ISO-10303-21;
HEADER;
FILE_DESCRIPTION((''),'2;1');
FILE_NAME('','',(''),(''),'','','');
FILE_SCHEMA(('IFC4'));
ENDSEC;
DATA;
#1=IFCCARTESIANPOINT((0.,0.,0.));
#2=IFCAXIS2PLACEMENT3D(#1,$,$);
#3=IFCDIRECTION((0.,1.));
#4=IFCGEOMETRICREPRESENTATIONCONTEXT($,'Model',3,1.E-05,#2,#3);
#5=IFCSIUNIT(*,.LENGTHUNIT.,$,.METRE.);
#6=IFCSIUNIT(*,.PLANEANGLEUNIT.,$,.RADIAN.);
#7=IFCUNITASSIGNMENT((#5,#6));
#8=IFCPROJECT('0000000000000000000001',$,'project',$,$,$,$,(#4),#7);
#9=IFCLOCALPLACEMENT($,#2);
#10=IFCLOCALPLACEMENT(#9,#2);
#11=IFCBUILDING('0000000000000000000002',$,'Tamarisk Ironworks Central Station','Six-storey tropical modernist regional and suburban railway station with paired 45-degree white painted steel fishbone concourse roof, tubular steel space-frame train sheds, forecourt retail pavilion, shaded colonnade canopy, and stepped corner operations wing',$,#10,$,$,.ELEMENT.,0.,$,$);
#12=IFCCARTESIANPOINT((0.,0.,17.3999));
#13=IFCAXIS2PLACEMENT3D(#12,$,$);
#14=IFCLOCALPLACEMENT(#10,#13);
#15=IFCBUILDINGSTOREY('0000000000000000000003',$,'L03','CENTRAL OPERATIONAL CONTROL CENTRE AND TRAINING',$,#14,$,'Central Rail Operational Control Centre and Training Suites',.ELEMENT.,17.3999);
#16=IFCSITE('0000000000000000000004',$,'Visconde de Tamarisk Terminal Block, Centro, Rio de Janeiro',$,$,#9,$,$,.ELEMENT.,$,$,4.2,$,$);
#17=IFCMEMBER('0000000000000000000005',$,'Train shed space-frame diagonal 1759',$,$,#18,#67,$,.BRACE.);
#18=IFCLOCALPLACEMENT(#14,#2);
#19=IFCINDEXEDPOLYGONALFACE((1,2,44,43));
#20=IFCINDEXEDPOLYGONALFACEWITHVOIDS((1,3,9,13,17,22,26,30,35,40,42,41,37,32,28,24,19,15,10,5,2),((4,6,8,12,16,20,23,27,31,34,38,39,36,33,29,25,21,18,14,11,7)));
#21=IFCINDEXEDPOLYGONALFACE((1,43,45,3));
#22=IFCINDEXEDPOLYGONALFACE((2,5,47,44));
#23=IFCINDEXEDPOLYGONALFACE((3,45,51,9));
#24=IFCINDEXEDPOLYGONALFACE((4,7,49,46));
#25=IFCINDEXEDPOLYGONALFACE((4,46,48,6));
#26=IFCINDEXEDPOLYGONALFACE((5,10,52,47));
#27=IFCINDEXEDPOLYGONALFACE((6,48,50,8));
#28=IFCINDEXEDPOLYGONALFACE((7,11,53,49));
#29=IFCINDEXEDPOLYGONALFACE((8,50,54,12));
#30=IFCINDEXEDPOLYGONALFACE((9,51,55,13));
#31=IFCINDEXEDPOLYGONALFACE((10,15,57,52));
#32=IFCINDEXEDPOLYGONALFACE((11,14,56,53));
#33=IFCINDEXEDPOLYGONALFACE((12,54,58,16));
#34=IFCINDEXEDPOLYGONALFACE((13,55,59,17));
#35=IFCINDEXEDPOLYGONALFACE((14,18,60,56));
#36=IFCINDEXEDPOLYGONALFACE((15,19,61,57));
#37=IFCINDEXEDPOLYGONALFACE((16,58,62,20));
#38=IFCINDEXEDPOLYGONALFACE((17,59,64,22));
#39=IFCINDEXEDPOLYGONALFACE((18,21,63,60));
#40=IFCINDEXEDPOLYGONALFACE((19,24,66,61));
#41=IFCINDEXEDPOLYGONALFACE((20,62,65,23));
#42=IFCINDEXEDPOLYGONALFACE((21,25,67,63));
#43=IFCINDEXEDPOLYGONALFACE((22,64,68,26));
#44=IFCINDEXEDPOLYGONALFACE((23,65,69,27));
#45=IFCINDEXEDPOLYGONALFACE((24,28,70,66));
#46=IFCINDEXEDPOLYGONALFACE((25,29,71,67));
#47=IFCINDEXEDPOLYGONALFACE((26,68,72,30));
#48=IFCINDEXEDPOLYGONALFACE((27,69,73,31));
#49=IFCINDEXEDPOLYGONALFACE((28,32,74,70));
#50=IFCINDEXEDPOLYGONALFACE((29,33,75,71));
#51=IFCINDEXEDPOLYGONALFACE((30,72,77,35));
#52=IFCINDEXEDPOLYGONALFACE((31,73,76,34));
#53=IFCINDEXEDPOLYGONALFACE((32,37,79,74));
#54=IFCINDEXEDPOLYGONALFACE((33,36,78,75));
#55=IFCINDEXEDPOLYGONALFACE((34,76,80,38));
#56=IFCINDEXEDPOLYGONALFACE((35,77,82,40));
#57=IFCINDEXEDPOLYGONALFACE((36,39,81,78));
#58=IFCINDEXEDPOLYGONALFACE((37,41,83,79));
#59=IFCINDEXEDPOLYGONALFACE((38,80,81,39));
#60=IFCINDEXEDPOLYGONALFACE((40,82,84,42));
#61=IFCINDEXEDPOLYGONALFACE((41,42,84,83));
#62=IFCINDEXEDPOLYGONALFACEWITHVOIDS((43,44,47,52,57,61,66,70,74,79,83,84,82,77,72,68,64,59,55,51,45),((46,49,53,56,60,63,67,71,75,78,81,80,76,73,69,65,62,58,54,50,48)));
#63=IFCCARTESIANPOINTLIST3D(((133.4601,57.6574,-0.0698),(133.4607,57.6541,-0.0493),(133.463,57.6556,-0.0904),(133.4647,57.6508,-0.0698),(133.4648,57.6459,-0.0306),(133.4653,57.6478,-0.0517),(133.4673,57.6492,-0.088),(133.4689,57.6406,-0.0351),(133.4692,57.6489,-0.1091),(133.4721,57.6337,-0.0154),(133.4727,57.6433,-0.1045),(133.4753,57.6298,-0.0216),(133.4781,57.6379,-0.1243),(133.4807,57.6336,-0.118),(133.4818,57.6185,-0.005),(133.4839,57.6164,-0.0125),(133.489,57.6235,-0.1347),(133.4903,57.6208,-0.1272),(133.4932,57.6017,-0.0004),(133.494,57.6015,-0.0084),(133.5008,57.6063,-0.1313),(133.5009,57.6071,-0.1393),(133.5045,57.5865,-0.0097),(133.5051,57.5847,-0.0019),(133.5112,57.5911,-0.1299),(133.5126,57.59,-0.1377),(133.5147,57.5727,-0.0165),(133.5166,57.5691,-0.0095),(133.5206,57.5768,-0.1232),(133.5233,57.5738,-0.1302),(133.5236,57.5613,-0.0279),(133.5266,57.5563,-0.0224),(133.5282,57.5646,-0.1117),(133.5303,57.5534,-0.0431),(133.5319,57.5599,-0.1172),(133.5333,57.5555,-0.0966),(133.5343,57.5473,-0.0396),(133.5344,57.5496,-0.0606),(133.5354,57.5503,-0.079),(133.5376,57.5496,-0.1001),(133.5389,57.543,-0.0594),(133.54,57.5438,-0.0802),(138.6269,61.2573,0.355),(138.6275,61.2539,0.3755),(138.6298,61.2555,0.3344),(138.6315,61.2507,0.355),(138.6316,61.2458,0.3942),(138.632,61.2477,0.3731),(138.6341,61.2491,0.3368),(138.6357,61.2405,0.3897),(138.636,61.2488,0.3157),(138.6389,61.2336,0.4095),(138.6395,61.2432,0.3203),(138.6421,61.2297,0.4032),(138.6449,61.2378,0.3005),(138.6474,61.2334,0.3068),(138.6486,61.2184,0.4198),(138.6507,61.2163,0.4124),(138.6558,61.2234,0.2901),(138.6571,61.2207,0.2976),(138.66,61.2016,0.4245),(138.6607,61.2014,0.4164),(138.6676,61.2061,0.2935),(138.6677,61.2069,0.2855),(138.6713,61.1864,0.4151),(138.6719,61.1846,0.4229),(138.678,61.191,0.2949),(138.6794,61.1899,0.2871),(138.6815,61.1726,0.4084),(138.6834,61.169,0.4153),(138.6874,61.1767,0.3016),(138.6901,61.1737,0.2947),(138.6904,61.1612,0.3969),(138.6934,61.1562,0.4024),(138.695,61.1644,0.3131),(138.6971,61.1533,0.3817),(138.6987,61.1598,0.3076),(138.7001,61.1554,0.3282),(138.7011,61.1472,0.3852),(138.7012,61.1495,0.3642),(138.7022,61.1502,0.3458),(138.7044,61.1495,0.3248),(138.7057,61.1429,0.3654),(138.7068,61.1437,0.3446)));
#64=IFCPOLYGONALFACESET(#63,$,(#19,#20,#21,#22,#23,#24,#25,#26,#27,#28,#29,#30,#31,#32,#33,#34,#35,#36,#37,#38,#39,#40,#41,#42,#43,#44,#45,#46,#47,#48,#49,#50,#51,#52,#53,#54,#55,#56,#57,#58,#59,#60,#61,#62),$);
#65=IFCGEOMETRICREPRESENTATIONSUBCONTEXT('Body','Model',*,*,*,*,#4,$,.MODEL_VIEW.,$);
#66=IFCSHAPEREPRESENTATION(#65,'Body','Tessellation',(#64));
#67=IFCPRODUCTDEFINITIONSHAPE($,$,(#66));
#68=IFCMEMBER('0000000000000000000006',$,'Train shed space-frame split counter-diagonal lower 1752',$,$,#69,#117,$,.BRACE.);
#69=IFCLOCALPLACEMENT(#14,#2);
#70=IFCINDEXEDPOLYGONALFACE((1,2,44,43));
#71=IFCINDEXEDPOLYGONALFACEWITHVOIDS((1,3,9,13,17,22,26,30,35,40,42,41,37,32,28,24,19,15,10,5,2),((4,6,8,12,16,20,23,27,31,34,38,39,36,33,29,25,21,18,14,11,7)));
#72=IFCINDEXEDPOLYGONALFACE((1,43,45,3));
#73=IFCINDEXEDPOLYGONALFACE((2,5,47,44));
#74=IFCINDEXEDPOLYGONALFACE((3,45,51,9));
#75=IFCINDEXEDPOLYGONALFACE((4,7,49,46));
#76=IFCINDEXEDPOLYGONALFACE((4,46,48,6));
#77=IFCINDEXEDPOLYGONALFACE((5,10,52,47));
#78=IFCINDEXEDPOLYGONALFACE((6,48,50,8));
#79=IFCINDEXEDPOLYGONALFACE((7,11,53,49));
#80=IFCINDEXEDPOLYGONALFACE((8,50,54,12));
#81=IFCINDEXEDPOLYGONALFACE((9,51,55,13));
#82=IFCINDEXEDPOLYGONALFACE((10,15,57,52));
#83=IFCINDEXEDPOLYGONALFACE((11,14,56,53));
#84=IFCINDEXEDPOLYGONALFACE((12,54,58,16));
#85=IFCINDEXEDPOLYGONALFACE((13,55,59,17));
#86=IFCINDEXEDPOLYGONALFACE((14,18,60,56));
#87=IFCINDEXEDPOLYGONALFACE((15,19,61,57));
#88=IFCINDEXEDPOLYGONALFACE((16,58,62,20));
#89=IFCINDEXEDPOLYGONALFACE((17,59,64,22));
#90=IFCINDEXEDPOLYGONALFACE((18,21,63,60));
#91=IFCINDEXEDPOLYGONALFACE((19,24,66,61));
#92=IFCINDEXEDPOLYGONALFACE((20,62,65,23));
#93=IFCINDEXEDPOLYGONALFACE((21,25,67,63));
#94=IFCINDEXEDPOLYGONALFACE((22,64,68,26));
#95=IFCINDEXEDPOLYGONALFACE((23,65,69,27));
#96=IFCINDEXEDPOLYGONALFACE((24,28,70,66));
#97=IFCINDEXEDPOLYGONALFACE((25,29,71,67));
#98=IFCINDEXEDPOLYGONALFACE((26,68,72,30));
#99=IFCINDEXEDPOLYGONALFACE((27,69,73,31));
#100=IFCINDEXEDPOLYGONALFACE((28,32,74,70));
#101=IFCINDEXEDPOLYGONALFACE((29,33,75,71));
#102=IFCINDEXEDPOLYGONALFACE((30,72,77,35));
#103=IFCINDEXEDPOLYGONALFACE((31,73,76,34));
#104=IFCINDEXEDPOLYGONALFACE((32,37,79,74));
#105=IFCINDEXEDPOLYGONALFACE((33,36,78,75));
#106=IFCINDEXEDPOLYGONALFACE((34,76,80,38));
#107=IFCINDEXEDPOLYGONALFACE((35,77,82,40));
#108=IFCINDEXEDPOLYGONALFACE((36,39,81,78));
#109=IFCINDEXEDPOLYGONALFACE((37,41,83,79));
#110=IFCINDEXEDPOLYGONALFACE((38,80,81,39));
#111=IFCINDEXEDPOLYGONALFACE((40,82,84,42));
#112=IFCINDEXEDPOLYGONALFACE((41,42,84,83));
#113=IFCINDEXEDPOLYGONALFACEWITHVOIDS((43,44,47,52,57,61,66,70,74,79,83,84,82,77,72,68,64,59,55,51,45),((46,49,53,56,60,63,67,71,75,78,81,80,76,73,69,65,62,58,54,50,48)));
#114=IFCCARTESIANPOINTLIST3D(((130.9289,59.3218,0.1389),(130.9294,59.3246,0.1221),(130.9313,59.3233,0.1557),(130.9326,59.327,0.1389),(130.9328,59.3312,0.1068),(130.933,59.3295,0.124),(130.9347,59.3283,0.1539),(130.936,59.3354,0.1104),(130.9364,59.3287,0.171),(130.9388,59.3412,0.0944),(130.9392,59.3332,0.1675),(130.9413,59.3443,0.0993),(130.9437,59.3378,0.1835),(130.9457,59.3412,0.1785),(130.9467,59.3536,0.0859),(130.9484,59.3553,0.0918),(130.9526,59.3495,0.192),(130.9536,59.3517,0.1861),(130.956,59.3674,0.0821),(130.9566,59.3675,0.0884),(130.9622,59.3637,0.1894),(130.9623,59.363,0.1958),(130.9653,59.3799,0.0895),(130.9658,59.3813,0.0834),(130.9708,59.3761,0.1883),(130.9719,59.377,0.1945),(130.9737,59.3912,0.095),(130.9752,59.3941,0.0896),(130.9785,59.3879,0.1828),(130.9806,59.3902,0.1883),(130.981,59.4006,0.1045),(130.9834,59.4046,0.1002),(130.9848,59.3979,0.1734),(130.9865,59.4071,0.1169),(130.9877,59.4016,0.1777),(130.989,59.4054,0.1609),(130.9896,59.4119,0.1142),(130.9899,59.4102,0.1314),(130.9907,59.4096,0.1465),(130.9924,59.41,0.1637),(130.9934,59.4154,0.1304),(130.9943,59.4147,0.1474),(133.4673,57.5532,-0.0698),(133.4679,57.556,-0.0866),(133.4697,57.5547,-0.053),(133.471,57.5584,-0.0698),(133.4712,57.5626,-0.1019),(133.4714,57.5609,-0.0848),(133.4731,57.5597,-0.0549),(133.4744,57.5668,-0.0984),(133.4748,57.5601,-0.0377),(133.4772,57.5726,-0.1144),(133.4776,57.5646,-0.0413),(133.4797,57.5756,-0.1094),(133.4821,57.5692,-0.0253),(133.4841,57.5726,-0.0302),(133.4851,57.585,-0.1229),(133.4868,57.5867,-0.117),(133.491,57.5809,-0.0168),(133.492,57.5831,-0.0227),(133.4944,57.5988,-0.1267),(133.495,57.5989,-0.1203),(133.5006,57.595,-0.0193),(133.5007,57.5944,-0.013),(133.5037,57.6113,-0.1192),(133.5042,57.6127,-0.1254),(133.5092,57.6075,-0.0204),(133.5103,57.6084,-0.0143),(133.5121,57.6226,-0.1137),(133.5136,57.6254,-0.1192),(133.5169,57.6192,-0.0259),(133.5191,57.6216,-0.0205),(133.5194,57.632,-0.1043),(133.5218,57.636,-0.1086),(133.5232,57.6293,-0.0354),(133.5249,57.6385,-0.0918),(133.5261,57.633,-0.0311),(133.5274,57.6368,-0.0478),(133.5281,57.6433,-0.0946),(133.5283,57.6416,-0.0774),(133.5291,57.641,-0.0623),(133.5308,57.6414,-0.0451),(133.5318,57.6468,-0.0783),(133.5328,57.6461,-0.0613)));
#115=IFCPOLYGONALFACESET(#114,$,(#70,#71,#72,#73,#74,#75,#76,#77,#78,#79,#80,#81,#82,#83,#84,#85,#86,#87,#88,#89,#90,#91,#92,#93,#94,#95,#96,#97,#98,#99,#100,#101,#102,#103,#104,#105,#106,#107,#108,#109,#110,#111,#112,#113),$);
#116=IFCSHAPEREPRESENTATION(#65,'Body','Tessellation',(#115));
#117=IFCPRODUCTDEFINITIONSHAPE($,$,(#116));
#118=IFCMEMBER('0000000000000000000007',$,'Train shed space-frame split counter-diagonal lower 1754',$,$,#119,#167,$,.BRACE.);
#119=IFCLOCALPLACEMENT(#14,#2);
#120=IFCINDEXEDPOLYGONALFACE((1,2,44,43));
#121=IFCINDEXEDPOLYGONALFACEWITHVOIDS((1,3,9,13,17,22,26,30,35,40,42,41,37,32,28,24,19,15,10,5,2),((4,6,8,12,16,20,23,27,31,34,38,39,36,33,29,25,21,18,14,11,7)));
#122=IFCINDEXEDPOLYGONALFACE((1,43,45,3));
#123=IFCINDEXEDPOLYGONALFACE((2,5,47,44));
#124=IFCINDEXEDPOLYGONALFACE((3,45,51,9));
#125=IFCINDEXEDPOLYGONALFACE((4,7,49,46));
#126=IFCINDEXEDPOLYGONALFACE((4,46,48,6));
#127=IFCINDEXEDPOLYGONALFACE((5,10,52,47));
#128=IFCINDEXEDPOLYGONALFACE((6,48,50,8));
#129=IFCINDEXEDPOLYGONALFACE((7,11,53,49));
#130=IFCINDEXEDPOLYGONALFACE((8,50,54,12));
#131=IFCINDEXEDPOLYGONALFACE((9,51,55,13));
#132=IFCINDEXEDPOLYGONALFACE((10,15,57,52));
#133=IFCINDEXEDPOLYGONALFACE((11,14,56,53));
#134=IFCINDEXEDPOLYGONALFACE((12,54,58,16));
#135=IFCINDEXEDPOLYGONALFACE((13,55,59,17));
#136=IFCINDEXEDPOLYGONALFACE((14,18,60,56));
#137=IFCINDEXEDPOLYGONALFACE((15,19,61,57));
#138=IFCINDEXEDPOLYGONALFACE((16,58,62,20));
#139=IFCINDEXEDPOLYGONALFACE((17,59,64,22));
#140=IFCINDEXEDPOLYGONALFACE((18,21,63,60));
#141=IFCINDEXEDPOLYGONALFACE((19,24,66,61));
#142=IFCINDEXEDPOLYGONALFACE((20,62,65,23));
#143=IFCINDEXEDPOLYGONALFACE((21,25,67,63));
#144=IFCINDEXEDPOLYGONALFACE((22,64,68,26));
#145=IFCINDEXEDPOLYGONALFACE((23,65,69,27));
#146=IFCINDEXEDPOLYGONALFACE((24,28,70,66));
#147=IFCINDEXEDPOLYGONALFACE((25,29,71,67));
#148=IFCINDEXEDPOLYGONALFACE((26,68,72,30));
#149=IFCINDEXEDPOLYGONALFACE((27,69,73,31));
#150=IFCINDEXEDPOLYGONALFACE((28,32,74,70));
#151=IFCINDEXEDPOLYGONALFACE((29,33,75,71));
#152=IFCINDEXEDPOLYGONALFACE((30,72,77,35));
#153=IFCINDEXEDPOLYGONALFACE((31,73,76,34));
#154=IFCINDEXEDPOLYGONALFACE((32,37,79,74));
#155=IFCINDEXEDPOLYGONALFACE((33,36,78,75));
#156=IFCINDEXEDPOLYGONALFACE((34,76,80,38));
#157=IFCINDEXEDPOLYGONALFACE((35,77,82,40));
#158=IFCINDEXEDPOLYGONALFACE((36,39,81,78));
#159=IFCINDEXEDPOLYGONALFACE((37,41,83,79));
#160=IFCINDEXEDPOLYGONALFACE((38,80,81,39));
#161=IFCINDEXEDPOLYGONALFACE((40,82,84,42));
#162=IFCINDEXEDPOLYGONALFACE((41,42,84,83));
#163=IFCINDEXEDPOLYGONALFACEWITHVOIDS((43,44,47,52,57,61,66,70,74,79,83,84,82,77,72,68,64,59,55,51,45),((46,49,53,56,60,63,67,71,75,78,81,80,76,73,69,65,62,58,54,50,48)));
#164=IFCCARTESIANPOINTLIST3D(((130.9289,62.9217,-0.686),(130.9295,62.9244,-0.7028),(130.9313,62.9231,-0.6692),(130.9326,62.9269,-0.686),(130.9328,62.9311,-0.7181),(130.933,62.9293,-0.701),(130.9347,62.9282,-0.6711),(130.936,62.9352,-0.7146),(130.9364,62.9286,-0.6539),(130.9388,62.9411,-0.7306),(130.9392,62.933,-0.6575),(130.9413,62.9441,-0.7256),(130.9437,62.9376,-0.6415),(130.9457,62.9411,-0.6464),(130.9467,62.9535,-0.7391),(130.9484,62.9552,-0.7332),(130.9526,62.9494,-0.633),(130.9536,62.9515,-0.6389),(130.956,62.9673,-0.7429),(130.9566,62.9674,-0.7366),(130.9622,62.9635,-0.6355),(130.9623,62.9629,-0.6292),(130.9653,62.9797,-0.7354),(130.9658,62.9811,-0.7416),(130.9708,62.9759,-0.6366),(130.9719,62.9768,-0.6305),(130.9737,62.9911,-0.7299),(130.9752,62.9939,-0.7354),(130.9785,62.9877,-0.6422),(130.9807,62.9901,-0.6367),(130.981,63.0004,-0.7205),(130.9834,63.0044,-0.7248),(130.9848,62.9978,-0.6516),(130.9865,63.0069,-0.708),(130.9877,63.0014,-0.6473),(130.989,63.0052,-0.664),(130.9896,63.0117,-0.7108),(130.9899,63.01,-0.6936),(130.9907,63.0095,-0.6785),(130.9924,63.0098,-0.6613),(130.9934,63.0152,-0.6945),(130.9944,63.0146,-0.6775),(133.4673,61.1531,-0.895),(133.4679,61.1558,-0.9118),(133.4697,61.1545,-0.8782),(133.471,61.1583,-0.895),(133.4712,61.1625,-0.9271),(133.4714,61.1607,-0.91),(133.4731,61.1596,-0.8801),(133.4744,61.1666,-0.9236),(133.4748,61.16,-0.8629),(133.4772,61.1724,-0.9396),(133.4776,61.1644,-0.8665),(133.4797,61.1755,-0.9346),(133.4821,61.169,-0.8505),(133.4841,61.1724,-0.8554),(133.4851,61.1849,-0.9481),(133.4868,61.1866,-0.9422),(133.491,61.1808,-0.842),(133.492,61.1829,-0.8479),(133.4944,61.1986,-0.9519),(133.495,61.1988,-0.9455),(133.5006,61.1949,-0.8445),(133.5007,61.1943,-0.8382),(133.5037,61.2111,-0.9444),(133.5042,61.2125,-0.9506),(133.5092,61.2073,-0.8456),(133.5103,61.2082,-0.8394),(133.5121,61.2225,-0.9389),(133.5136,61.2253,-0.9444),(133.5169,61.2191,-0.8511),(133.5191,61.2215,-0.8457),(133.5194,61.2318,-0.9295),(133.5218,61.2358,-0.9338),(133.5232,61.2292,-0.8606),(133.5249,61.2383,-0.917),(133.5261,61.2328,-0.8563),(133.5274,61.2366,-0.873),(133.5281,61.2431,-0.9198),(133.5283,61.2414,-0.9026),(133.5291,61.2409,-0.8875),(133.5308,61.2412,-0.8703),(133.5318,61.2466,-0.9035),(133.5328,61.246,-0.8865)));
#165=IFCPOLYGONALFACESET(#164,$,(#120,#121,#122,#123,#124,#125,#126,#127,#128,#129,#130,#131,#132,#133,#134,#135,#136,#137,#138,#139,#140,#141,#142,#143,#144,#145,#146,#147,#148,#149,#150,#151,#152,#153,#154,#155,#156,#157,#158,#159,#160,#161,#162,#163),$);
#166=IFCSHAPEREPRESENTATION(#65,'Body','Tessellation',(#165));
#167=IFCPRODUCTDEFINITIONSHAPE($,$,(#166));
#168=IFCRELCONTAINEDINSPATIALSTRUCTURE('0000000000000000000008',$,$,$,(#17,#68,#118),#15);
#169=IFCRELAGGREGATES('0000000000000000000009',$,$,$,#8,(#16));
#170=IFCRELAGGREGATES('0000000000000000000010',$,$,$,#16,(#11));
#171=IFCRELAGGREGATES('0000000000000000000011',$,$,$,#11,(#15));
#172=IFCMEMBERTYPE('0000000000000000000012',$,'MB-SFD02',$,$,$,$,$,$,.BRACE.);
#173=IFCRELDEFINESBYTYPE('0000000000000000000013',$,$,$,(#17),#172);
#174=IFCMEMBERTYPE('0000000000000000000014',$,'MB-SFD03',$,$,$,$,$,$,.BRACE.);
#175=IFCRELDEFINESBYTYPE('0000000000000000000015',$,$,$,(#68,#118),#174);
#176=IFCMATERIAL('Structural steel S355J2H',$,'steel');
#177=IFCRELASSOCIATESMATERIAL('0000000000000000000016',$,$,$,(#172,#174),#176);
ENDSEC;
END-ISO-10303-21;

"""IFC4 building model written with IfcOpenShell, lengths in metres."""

from ifc_helpers import new_model, si_unit, direction, frame, origin, origin_2d, place, context, subcontext, project, spatial, hollow_circle, extrude, material, material_profile, profile_set, type_object, element, save


model = new_model("IFC4")

# Units and contexts
model_context = context("Model", 3, precision=1e-05, world=origin(), true_north=direction((0.0, 1.0)))
body_context = subcontext(model_context, "Body", "Model", "MODEL_VIEW")
ifc_project = project(units=[si_unit("LENGTHUNIT", "METRE"), si_unit("PLANEANGLEUNIT", "RADIAN")], contexts=[model_context])

# Site, building, storey
site_placement = place(None, origin())
site = spatial("IfcSite", under=ifc_project, at=site_placement, Name="Visconde de Tamarisk Terminal Block, Centro, Rio de Janeiro", CompositionType="ELEMENT", RefElevation=4.2)
building_placement = place(site_placement, origin())
building = spatial("IfcBuilding", under=site, at=building_placement, Name="Tamarisk Ironworks Central Station", Description="Six-storey tropical modernist regional and suburban railway station with paired 45-degree white painted steel fishbone concourse roof, tubular steel space-frame train sheds, forecourt retail pavilion, shaded colonnade canopy, and stepped corner operations wing", CompositionType="ELEMENT", ElevationOfRefHeight=0.0)
storey_placement = place(building_placement, frame((0.0, 0.0, 17.3999)))
storey = spatial("IfcBuildingStorey", under=building, at=storey_placement, Name="L03", Description="CENTRAL OPERATIONAL CONTROL CENTRE AND TRAINING", LongName="Central Rail Operational Control Centre and Training Suites", CompositionType="ELEMENT", Elevation=17.3999)

# Members
ifc_material = material(Name="Structural steel S355J2H", Category="steel")
ifc_material_profile_1 = material_profile(ifc_material, hollow_circle(Radius=0.0698, WallThickness=0.0081, at=origin_2d()), Name="CHS 139.7x8")
ifc_profile_set_1 = profile_set([ifc_material_profile_1], Name="Structural steel S355J2H")
member_type_1 = type_object("IfcMemberType", Name="MB-SFD02", PredefinedType="BRACE", material=ifc_profile_set_1)
member_1_placement = place(storey_placement, frame((133.5, 57.6001, -0.0698), z_axis=(0.818628, 0.570367, 0.067307), x_axis=(-0.571663, 0.820489, 0.0)))
element("IfcMember", 1, at=member_1_placement, inside=storey, type_object=member_type_1, Name="Train shed space-frame diagonal 1759", PredefinedType="BRACE", context=body_context, shape_type="SweptSolid", body=[
    extrude(hollow_circle(Radius=0.0698, WallThickness=0.0081, at=origin_2d()), origin(), (0.0, 0.0, 1.0), 6.3115),
])
ifc_material_profile_2 = material_profile(ifc_material, hollow_circle(Radius=0.0571, WallThickness=0.0063, at=origin_2d()), Name="CHS 114.3x6.3")
ifc_profile_set_2 = profile_set([ifc_material_profile_2], Name="Structural steel S355J2H")
member_type_2 = type_object("IfcMemberType", Name="MB-SFD03", PredefinedType="BRACE", material=ifc_profile_set_2)
for number, where, z_axis, x_axis, name in (
    (2, (133.5, 57.6001, -0.0698), (-0.818625, 0.570369, 0.06732), (-0.571666, -0.820487, 0.0), "Train shed space-frame split counter-diagonal lower 1752"),
    (3, (133.5, 61.2, -0.895), (-0.818621, 0.570366, 0.067398), (-0.571666, -0.820487, 0.0), "Train shed space-frame split counter-diagonal lower 1754"),
):
    element("IfcMember", number, at=place(storey_placement, frame(where, z_axis=z_axis, x_axis=x_axis)), inside=storey, type_object=member_type_2, Name=name, PredefinedType="BRACE", context=body_context, shape_type="SweptSolid", body=[
        extrude(hollow_circle(Radius=0.0571, WallThickness=0.0063, at=origin_2d()), origin(), (0.0, 0.0, 1.0), 3.1008),
    ])

save(model, "model.ifc")
